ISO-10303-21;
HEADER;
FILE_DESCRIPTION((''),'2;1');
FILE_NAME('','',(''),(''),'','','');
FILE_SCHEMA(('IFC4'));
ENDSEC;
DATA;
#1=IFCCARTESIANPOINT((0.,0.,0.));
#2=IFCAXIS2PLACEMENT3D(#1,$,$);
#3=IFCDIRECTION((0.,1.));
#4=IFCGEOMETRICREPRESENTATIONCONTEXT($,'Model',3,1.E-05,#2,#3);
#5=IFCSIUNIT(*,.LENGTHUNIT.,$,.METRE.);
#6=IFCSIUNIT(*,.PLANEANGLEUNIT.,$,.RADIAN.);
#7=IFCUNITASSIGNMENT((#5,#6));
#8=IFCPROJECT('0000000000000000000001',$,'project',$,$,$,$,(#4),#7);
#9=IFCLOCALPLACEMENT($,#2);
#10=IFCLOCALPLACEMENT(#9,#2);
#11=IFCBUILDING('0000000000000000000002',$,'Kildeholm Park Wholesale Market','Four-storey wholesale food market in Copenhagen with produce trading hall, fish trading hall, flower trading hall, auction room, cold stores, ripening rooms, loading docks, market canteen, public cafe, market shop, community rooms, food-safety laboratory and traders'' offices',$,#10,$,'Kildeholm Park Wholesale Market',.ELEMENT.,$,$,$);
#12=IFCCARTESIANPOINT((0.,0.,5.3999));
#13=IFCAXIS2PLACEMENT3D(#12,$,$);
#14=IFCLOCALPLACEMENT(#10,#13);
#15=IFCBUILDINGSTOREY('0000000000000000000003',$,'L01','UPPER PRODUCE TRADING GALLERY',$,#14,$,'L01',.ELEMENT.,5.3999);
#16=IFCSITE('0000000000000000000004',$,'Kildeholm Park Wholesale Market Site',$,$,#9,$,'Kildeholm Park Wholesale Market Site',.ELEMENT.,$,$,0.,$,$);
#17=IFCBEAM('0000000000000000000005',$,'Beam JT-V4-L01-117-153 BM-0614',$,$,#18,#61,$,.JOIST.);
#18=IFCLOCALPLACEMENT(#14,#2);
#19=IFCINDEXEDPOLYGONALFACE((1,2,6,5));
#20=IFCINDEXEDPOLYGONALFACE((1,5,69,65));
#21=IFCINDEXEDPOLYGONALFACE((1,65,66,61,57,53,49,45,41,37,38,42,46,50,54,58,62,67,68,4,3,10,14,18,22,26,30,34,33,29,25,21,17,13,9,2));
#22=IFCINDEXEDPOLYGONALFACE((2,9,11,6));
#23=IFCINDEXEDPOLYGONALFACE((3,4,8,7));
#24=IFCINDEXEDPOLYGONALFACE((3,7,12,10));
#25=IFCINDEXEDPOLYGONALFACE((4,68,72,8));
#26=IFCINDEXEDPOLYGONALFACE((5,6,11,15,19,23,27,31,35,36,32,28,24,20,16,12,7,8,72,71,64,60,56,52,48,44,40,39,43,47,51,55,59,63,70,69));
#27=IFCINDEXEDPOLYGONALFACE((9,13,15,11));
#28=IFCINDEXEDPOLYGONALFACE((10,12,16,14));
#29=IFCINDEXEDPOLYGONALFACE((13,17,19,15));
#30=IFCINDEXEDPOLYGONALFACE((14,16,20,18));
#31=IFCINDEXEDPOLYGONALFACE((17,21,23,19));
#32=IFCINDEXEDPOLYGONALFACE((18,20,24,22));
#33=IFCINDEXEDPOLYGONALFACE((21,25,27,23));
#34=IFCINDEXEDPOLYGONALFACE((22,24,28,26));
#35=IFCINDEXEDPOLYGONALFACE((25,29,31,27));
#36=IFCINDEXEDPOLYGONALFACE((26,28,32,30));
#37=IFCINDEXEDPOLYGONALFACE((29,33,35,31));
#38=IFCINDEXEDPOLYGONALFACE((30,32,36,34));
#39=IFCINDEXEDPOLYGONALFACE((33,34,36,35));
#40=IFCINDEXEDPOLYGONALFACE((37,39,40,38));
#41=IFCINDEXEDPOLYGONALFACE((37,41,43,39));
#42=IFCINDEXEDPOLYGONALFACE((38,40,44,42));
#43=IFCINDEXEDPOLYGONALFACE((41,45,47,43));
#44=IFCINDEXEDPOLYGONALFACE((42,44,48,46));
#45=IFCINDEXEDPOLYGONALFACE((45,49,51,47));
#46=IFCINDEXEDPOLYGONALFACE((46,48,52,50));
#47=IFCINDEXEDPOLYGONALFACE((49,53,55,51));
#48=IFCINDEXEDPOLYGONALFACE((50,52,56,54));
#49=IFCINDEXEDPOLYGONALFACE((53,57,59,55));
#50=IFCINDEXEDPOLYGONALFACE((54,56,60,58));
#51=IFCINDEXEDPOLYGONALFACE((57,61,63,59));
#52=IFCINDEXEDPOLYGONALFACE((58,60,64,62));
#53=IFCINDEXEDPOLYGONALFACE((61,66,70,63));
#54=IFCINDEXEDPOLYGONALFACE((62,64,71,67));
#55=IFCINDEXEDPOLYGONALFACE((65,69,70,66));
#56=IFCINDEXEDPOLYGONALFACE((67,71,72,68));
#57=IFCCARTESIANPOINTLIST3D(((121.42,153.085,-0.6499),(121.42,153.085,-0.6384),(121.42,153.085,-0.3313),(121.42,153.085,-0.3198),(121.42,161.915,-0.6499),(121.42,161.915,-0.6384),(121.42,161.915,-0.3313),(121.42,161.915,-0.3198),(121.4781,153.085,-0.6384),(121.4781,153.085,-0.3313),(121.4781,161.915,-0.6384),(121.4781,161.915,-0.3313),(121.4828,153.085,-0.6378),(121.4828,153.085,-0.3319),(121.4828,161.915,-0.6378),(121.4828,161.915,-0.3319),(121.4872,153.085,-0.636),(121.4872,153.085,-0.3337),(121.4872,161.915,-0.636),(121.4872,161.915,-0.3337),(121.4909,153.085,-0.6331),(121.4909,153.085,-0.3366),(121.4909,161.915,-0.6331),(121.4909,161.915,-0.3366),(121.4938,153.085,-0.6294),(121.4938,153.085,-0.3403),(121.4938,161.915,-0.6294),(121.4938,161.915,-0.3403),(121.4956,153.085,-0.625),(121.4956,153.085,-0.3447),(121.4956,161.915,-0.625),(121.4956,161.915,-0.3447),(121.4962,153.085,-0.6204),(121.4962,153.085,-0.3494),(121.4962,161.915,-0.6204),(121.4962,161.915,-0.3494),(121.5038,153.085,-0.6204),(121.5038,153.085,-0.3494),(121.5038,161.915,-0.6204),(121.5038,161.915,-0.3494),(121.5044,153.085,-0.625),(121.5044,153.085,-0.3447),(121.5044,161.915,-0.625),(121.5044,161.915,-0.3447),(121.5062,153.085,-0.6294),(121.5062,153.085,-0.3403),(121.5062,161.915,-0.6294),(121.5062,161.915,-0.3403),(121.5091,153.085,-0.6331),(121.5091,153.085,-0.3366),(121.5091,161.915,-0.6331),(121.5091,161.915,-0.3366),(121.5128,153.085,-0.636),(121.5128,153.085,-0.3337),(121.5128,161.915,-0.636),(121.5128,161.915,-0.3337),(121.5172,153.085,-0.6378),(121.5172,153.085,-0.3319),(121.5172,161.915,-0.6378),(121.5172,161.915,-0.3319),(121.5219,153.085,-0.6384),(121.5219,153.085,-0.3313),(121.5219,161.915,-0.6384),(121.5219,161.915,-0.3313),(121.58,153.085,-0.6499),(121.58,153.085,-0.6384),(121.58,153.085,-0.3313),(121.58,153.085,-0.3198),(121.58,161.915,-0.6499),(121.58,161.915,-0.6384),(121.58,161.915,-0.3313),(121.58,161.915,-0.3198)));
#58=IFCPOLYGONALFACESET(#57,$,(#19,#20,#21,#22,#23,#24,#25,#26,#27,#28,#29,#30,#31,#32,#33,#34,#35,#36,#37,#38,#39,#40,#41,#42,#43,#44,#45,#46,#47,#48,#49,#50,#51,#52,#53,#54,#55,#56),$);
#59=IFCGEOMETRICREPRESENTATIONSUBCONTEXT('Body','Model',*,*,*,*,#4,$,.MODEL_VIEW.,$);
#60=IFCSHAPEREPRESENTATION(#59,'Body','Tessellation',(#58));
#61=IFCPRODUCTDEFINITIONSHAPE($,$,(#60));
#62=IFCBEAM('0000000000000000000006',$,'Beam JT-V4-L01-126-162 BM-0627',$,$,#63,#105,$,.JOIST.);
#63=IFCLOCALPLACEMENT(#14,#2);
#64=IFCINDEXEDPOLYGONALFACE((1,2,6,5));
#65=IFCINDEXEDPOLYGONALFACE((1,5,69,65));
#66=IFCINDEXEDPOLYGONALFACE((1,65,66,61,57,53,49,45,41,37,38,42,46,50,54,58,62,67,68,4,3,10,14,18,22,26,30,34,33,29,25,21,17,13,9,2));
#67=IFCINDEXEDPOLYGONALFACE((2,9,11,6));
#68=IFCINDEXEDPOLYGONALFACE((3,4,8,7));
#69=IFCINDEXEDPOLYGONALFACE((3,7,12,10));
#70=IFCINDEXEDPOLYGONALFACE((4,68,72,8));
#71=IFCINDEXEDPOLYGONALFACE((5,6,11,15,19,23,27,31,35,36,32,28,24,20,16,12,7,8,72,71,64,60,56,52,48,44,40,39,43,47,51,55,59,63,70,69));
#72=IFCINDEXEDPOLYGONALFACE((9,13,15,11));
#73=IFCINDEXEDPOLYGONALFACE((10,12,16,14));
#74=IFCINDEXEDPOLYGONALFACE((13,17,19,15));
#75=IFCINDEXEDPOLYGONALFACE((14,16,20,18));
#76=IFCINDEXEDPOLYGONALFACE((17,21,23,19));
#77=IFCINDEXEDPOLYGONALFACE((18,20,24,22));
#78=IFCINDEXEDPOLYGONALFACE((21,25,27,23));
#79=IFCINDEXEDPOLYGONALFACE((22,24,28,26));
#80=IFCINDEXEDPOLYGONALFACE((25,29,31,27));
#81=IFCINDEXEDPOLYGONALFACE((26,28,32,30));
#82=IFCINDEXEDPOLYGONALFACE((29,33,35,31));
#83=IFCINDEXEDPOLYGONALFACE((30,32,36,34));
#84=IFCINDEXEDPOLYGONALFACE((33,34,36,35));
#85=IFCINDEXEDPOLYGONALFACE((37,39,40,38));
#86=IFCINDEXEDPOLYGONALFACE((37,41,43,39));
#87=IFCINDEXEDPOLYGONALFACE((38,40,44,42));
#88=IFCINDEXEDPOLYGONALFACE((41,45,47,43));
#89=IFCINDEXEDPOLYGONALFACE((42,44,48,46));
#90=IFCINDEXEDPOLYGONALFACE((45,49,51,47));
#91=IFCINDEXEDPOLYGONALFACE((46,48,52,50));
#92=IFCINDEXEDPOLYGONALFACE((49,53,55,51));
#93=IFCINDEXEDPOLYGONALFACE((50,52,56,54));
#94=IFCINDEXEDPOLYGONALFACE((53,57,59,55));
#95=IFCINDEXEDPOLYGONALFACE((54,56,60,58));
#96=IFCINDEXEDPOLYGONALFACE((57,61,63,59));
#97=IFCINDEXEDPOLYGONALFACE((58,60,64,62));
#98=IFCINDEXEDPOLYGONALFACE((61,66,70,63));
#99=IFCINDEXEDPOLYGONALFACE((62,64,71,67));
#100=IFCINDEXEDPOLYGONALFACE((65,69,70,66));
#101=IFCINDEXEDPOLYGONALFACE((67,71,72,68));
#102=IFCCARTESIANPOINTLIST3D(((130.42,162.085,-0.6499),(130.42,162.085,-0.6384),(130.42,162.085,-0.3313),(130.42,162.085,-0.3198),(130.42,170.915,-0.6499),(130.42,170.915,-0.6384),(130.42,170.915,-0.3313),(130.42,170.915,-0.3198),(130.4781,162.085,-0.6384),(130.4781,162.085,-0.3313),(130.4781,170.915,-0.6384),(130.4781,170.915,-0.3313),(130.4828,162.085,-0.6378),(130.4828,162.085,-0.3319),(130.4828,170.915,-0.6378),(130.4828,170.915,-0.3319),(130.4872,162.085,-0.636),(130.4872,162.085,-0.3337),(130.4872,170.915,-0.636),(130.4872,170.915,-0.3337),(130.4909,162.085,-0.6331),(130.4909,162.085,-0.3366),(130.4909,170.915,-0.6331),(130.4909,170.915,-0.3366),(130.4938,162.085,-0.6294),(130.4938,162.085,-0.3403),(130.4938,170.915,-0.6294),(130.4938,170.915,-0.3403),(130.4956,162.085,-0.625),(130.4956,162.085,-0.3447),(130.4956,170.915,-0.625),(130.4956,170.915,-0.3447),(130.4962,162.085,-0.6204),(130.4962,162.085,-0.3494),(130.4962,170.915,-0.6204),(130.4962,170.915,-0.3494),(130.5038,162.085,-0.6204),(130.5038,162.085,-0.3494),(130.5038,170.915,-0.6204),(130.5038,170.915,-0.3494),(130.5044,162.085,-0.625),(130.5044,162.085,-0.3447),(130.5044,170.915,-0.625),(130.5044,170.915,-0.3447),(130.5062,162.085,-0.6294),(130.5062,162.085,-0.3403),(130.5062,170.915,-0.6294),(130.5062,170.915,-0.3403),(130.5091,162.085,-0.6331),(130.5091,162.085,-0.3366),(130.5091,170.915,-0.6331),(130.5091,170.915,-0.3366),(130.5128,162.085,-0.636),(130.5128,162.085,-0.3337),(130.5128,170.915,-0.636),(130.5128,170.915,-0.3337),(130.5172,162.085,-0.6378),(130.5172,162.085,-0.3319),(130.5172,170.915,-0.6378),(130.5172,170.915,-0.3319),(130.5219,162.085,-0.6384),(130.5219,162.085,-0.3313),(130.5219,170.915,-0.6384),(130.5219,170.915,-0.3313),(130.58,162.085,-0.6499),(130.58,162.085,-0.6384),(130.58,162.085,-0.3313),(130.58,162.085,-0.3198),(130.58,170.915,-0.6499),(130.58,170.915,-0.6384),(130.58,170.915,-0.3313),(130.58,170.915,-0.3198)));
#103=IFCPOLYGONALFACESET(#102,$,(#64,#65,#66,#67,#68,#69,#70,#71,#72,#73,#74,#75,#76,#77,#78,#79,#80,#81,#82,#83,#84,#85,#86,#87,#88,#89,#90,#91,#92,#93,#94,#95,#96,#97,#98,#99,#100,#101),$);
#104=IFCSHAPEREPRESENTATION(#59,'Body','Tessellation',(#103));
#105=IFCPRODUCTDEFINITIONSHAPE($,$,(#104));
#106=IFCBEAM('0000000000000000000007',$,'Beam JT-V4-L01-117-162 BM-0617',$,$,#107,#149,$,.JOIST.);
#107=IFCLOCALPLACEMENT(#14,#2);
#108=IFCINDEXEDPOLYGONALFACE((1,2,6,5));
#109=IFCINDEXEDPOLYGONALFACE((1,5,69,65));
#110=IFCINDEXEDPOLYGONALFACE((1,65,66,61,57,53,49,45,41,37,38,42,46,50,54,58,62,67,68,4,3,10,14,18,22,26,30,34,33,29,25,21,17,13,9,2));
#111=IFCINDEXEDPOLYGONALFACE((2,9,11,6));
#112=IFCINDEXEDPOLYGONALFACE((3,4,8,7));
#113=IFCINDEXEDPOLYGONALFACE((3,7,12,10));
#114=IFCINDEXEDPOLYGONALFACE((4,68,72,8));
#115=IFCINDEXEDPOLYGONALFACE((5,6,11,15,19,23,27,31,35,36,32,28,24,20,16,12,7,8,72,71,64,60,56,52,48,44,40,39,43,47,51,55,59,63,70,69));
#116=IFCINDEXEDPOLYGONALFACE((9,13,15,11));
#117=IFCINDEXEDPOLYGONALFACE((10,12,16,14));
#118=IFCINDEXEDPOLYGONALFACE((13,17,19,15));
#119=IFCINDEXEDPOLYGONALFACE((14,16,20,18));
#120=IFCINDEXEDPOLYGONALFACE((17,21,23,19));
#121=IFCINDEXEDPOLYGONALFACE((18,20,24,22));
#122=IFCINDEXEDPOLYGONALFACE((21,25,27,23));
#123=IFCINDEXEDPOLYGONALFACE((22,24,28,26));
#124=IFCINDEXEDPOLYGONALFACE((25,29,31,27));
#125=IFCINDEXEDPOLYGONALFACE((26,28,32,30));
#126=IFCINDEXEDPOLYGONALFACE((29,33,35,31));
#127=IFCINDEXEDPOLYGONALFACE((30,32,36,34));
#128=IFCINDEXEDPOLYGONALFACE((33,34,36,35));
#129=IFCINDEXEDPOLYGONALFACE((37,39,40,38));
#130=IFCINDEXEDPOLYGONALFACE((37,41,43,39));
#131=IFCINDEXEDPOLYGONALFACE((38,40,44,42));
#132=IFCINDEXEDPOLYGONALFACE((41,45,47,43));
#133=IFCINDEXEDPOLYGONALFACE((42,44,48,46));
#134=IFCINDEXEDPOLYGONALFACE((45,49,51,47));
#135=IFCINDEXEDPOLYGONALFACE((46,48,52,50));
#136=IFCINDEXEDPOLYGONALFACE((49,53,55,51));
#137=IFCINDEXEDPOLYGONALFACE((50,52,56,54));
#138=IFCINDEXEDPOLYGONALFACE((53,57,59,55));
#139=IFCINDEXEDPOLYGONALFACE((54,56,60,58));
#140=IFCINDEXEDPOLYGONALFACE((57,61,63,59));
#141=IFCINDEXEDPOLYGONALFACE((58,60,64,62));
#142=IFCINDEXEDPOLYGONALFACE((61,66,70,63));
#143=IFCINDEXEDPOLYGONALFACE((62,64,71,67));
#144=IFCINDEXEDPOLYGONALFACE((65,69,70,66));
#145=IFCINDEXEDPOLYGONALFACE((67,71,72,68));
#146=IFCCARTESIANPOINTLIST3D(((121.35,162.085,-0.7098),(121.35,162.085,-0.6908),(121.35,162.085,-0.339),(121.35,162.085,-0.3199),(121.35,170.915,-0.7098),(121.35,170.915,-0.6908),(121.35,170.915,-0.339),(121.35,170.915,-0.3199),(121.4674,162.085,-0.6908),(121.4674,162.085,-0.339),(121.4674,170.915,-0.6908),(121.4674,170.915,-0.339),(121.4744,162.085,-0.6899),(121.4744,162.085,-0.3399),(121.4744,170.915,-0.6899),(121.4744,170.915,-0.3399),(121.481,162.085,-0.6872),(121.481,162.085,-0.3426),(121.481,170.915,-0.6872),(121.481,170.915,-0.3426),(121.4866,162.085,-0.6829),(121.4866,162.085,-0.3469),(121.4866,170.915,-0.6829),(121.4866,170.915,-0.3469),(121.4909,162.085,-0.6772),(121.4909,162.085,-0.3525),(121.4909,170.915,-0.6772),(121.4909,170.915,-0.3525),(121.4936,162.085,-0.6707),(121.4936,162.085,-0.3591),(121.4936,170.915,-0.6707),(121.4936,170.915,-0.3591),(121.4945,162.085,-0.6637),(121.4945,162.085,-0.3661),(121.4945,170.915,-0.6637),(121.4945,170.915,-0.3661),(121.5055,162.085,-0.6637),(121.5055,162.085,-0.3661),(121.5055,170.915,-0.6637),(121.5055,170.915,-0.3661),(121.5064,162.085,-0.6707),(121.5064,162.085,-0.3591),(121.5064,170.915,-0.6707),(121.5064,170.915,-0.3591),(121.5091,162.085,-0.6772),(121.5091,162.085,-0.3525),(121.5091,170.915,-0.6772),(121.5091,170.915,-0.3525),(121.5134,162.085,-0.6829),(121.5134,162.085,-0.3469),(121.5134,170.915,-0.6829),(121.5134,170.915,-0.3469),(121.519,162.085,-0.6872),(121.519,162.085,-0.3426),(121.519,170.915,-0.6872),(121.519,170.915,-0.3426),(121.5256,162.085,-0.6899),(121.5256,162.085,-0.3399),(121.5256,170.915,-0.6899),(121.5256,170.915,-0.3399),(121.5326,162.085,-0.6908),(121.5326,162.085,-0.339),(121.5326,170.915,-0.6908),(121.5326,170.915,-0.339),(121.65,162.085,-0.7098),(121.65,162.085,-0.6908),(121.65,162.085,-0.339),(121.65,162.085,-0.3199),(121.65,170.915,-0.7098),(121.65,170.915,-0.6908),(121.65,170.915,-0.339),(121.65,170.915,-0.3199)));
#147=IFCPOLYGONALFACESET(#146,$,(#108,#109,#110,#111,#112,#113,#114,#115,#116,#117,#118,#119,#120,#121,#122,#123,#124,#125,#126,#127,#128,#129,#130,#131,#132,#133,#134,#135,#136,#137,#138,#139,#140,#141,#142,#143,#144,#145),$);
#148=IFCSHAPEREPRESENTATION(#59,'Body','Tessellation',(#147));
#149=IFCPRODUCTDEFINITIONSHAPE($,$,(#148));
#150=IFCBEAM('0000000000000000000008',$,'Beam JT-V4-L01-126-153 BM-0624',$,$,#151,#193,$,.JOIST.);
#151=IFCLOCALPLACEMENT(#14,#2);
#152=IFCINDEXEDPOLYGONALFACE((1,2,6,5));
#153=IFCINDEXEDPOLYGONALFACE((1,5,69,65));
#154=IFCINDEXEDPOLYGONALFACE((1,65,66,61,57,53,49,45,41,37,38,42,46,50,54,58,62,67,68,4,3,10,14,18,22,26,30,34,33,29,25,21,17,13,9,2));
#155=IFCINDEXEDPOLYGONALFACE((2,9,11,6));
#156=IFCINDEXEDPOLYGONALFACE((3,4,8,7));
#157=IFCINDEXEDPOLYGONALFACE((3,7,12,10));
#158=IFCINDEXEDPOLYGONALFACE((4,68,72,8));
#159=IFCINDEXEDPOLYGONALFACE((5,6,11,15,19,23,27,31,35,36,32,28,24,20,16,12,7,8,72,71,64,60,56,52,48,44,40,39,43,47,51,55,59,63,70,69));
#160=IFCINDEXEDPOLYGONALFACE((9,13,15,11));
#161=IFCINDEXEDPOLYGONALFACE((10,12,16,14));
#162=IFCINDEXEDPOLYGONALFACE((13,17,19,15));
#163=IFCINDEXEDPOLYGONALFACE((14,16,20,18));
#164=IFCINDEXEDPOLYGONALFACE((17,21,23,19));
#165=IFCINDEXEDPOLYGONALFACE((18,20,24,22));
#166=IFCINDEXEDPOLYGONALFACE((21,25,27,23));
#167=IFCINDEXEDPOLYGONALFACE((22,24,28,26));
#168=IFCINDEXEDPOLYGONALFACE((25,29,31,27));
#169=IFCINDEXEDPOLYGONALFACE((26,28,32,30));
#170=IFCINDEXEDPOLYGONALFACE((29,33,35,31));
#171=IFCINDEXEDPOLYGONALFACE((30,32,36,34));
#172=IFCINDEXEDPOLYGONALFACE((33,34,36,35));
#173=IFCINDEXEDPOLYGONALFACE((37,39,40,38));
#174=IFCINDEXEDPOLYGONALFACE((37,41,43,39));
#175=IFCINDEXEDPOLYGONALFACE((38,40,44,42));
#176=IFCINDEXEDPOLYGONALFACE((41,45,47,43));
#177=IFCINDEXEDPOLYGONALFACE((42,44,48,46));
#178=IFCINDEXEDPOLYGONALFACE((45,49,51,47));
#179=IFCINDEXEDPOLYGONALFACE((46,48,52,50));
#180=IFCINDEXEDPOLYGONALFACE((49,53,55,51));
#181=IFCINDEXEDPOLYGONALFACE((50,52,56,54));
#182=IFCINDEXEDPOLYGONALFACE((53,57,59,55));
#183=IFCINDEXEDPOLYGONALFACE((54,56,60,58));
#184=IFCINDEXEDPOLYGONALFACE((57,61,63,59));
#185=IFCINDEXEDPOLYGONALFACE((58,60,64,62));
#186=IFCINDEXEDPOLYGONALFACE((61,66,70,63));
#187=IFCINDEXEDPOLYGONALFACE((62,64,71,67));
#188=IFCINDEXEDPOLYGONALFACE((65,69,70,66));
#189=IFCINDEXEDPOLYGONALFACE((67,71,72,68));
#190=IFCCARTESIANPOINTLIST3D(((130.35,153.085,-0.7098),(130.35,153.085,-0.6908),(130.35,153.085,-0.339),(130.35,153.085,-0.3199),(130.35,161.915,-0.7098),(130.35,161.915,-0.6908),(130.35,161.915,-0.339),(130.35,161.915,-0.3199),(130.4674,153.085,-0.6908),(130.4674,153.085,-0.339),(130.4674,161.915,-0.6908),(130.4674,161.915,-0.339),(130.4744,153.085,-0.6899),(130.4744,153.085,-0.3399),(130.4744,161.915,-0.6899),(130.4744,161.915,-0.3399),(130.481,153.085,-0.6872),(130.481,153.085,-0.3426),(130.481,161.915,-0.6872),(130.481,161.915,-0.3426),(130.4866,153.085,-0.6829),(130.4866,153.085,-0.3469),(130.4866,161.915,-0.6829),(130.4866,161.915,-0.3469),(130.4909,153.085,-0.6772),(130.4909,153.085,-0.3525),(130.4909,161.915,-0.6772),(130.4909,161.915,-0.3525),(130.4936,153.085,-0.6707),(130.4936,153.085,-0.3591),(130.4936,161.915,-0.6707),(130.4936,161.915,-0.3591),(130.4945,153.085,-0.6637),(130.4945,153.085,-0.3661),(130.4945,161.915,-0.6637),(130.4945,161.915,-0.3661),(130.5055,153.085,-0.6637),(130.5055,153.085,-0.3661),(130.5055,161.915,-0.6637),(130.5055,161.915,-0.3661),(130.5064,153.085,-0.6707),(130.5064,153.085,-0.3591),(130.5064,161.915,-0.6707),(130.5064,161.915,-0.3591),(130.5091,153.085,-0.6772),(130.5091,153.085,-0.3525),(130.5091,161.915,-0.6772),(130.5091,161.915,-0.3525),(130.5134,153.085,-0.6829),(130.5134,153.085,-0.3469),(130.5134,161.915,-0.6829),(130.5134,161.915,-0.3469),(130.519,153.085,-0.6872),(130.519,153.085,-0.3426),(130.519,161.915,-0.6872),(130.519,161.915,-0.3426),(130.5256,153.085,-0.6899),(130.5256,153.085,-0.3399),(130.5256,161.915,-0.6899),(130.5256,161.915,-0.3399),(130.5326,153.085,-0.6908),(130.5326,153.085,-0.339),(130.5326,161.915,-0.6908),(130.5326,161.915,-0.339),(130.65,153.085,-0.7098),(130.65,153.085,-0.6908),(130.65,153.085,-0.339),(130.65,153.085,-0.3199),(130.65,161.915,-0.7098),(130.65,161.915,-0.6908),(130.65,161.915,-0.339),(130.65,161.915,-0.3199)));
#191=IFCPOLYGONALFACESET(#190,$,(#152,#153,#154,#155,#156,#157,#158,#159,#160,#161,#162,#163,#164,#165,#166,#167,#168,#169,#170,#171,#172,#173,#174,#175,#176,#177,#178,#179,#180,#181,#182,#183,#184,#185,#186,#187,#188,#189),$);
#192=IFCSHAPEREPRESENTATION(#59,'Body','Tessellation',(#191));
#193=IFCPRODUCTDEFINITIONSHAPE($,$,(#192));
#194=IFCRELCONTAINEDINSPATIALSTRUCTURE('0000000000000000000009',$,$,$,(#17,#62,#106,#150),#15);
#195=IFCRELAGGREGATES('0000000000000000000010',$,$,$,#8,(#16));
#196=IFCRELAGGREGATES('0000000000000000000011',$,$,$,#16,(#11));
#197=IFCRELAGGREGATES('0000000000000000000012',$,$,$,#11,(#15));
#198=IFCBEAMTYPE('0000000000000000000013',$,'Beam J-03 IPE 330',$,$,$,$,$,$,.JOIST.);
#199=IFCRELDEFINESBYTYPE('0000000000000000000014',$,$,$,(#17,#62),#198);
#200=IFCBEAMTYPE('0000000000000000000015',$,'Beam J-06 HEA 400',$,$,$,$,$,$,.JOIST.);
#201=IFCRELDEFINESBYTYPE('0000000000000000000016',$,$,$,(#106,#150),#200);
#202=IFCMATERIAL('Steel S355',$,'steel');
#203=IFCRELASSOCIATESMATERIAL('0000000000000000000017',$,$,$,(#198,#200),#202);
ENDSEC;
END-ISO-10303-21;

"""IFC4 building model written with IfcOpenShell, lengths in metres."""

from ifc_helpers import new_model, si_unit, direction, frame, origin, origin_2d, place, context, subcontext, project, spatial, i_section, extrude, material, material_profile, profile_set, type_object, element, save


model = new_model("IFC4")

# Units and contexts
model_context = context("Model", 3, precision=1e-05, world=origin(), true_north=direction((0.0, 1.0)))
body_context = subcontext(model_context, "Body", "Model", "MODEL_VIEW")
ifc_project = project(units=[si_unit("LENGTHUNIT", "METRE"), si_unit("PLANEANGLEUNIT", "RADIAN")], contexts=[model_context])

# Site, building, storey
site_placement = place(None, origin())
site = spatial("IfcSite", under=ifc_project, at=site_placement, Name="Kildeholm Park Wholesale Market Site", LongName="Kildeholm Park Wholesale Market Site", CompositionType="ELEMENT", RefElevation=0.0)
building_placement = place(site_placement, origin())
building = spatial("IfcBuilding", under=site, at=building_placement, Name="Kildeholm Park Wholesale Market", Description="Four-storey wholesale food market in Copenhagen with produce trading hall, fish trading hall, flower trading hall, auction room, cold stores, ripening rooms, loading docks, market canteen, public cafe, market shop, community rooms, food-safety laboratory and traders' offices", LongName="Kildeholm Park Wholesale Market", CompositionType="ELEMENT")
storey_placement = place(building_placement, frame((0.0, 0.0, 5.3999)))
storey = spatial("IfcBuildingStorey", under=building, at=storey_placement, Name="L01", Description="UPPER PRODUCE TRADING GALLERY", LongName="L01", CompositionType="ELEMENT", Elevation=5.3999)

# Beams
ifc_material_1 = material(Name="Steel S355", Category="steel")
ifc_material_profile_1 = material_profile(ifc_material_1, i_section(OverallWidth=0.1599, OverallDepth=0.3301, WebThickness=0.0076, FlangeThickness=0.0115, FilletRadius=0.0181, at=origin_2d()), Name="IPE 330")
ifc_profile_set_1 = profile_set([ifc_material_profile_1], Name="Steel S355")
beam_type_1 = type_object("IfcBeamType", Name="Beam J-03 IPE 330", PredefinedType="JOIST", material=ifc_profile_set_1)
for number, where, z_axis, x_axis, name in (
    (1, (121.5, 153.085, -0.4849), (0.0, 1.0, 0.0), (-1.0, 0.0, 0.0), "Beam JT-V4-L01-117-153 BM-0614"),
    (2, (130.5, 162.085, -0.4849), (0.0, 1.0, 0.0), (-1.0, 0.0, 0.0), "Beam JT-V4-L01-126-162 BM-0627"),
):
    element("IfcBeam", number, at=place(storey_placement, frame(where, z_axis=z_axis, x_axis=x_axis)), inside=storey, type_object=beam_type_1, Name=name, PredefinedType="JOIST", context=body_context, shape_type="SweptSolid", body=[
        extrude(i_section(OverallWidth=0.1599, OverallDepth=0.3301, WebThickness=0.0076, FlangeThickness=0.0115, FilletRadius=0.0181, at=origin_2d()), origin(), (0.0, 0.0, 1.0), 8.8301),
    ])
ifc_material_profile_2 = material_profile(ifc_material_1, i_section(OverallWidth=0.3, OverallDepth=0.3899, WebThickness=0.011, FlangeThickness=0.019, FilletRadius=0.0271, at=origin_2d()), Name="HEA 400")
ifc_profile_set_2 = profile_set([ifc_material_profile_2], Name="Steel S355")
beam_type_2 = type_object("IfcBeamType", Name="Beam J-06 HEA 400", PredefinedType="JOIST", material=ifc_profile_set_2)
for number, where, z_axis, x_axis, name in (
    (3, (121.5, 162.085, -0.5149), (0.0, 1.0, 0.0), (-1.0, 0.0, 0.0), "Beam JT-V4-L01-117-162 BM-0617"),
    (4, (130.5, 153.085, -0.5149), (0.0, 1.0, 0.0), (-1.0, 0.0, 0.0), "Beam JT-V4-L01-126-153 BM-0624"),
):
    element("IfcBeam", number, at=place(storey_placement, frame(where, z_axis=z_axis, x_axis=x_axis)), inside=storey, type_object=beam_type_2, Name=name, PredefinedType="JOIST", context=body_context, shape_type="SweptSolid", body=[
        extrude(i_section(OverallWidth=0.3, OverallDepth=0.3899, WebThickness=0.011, FlangeThickness=0.019, FilletRadius=0.0271, at=origin_2d()), origin(), (0.0, 0.0, 1.0), 8.8301),
    ])

save(model, "model.ifc")
